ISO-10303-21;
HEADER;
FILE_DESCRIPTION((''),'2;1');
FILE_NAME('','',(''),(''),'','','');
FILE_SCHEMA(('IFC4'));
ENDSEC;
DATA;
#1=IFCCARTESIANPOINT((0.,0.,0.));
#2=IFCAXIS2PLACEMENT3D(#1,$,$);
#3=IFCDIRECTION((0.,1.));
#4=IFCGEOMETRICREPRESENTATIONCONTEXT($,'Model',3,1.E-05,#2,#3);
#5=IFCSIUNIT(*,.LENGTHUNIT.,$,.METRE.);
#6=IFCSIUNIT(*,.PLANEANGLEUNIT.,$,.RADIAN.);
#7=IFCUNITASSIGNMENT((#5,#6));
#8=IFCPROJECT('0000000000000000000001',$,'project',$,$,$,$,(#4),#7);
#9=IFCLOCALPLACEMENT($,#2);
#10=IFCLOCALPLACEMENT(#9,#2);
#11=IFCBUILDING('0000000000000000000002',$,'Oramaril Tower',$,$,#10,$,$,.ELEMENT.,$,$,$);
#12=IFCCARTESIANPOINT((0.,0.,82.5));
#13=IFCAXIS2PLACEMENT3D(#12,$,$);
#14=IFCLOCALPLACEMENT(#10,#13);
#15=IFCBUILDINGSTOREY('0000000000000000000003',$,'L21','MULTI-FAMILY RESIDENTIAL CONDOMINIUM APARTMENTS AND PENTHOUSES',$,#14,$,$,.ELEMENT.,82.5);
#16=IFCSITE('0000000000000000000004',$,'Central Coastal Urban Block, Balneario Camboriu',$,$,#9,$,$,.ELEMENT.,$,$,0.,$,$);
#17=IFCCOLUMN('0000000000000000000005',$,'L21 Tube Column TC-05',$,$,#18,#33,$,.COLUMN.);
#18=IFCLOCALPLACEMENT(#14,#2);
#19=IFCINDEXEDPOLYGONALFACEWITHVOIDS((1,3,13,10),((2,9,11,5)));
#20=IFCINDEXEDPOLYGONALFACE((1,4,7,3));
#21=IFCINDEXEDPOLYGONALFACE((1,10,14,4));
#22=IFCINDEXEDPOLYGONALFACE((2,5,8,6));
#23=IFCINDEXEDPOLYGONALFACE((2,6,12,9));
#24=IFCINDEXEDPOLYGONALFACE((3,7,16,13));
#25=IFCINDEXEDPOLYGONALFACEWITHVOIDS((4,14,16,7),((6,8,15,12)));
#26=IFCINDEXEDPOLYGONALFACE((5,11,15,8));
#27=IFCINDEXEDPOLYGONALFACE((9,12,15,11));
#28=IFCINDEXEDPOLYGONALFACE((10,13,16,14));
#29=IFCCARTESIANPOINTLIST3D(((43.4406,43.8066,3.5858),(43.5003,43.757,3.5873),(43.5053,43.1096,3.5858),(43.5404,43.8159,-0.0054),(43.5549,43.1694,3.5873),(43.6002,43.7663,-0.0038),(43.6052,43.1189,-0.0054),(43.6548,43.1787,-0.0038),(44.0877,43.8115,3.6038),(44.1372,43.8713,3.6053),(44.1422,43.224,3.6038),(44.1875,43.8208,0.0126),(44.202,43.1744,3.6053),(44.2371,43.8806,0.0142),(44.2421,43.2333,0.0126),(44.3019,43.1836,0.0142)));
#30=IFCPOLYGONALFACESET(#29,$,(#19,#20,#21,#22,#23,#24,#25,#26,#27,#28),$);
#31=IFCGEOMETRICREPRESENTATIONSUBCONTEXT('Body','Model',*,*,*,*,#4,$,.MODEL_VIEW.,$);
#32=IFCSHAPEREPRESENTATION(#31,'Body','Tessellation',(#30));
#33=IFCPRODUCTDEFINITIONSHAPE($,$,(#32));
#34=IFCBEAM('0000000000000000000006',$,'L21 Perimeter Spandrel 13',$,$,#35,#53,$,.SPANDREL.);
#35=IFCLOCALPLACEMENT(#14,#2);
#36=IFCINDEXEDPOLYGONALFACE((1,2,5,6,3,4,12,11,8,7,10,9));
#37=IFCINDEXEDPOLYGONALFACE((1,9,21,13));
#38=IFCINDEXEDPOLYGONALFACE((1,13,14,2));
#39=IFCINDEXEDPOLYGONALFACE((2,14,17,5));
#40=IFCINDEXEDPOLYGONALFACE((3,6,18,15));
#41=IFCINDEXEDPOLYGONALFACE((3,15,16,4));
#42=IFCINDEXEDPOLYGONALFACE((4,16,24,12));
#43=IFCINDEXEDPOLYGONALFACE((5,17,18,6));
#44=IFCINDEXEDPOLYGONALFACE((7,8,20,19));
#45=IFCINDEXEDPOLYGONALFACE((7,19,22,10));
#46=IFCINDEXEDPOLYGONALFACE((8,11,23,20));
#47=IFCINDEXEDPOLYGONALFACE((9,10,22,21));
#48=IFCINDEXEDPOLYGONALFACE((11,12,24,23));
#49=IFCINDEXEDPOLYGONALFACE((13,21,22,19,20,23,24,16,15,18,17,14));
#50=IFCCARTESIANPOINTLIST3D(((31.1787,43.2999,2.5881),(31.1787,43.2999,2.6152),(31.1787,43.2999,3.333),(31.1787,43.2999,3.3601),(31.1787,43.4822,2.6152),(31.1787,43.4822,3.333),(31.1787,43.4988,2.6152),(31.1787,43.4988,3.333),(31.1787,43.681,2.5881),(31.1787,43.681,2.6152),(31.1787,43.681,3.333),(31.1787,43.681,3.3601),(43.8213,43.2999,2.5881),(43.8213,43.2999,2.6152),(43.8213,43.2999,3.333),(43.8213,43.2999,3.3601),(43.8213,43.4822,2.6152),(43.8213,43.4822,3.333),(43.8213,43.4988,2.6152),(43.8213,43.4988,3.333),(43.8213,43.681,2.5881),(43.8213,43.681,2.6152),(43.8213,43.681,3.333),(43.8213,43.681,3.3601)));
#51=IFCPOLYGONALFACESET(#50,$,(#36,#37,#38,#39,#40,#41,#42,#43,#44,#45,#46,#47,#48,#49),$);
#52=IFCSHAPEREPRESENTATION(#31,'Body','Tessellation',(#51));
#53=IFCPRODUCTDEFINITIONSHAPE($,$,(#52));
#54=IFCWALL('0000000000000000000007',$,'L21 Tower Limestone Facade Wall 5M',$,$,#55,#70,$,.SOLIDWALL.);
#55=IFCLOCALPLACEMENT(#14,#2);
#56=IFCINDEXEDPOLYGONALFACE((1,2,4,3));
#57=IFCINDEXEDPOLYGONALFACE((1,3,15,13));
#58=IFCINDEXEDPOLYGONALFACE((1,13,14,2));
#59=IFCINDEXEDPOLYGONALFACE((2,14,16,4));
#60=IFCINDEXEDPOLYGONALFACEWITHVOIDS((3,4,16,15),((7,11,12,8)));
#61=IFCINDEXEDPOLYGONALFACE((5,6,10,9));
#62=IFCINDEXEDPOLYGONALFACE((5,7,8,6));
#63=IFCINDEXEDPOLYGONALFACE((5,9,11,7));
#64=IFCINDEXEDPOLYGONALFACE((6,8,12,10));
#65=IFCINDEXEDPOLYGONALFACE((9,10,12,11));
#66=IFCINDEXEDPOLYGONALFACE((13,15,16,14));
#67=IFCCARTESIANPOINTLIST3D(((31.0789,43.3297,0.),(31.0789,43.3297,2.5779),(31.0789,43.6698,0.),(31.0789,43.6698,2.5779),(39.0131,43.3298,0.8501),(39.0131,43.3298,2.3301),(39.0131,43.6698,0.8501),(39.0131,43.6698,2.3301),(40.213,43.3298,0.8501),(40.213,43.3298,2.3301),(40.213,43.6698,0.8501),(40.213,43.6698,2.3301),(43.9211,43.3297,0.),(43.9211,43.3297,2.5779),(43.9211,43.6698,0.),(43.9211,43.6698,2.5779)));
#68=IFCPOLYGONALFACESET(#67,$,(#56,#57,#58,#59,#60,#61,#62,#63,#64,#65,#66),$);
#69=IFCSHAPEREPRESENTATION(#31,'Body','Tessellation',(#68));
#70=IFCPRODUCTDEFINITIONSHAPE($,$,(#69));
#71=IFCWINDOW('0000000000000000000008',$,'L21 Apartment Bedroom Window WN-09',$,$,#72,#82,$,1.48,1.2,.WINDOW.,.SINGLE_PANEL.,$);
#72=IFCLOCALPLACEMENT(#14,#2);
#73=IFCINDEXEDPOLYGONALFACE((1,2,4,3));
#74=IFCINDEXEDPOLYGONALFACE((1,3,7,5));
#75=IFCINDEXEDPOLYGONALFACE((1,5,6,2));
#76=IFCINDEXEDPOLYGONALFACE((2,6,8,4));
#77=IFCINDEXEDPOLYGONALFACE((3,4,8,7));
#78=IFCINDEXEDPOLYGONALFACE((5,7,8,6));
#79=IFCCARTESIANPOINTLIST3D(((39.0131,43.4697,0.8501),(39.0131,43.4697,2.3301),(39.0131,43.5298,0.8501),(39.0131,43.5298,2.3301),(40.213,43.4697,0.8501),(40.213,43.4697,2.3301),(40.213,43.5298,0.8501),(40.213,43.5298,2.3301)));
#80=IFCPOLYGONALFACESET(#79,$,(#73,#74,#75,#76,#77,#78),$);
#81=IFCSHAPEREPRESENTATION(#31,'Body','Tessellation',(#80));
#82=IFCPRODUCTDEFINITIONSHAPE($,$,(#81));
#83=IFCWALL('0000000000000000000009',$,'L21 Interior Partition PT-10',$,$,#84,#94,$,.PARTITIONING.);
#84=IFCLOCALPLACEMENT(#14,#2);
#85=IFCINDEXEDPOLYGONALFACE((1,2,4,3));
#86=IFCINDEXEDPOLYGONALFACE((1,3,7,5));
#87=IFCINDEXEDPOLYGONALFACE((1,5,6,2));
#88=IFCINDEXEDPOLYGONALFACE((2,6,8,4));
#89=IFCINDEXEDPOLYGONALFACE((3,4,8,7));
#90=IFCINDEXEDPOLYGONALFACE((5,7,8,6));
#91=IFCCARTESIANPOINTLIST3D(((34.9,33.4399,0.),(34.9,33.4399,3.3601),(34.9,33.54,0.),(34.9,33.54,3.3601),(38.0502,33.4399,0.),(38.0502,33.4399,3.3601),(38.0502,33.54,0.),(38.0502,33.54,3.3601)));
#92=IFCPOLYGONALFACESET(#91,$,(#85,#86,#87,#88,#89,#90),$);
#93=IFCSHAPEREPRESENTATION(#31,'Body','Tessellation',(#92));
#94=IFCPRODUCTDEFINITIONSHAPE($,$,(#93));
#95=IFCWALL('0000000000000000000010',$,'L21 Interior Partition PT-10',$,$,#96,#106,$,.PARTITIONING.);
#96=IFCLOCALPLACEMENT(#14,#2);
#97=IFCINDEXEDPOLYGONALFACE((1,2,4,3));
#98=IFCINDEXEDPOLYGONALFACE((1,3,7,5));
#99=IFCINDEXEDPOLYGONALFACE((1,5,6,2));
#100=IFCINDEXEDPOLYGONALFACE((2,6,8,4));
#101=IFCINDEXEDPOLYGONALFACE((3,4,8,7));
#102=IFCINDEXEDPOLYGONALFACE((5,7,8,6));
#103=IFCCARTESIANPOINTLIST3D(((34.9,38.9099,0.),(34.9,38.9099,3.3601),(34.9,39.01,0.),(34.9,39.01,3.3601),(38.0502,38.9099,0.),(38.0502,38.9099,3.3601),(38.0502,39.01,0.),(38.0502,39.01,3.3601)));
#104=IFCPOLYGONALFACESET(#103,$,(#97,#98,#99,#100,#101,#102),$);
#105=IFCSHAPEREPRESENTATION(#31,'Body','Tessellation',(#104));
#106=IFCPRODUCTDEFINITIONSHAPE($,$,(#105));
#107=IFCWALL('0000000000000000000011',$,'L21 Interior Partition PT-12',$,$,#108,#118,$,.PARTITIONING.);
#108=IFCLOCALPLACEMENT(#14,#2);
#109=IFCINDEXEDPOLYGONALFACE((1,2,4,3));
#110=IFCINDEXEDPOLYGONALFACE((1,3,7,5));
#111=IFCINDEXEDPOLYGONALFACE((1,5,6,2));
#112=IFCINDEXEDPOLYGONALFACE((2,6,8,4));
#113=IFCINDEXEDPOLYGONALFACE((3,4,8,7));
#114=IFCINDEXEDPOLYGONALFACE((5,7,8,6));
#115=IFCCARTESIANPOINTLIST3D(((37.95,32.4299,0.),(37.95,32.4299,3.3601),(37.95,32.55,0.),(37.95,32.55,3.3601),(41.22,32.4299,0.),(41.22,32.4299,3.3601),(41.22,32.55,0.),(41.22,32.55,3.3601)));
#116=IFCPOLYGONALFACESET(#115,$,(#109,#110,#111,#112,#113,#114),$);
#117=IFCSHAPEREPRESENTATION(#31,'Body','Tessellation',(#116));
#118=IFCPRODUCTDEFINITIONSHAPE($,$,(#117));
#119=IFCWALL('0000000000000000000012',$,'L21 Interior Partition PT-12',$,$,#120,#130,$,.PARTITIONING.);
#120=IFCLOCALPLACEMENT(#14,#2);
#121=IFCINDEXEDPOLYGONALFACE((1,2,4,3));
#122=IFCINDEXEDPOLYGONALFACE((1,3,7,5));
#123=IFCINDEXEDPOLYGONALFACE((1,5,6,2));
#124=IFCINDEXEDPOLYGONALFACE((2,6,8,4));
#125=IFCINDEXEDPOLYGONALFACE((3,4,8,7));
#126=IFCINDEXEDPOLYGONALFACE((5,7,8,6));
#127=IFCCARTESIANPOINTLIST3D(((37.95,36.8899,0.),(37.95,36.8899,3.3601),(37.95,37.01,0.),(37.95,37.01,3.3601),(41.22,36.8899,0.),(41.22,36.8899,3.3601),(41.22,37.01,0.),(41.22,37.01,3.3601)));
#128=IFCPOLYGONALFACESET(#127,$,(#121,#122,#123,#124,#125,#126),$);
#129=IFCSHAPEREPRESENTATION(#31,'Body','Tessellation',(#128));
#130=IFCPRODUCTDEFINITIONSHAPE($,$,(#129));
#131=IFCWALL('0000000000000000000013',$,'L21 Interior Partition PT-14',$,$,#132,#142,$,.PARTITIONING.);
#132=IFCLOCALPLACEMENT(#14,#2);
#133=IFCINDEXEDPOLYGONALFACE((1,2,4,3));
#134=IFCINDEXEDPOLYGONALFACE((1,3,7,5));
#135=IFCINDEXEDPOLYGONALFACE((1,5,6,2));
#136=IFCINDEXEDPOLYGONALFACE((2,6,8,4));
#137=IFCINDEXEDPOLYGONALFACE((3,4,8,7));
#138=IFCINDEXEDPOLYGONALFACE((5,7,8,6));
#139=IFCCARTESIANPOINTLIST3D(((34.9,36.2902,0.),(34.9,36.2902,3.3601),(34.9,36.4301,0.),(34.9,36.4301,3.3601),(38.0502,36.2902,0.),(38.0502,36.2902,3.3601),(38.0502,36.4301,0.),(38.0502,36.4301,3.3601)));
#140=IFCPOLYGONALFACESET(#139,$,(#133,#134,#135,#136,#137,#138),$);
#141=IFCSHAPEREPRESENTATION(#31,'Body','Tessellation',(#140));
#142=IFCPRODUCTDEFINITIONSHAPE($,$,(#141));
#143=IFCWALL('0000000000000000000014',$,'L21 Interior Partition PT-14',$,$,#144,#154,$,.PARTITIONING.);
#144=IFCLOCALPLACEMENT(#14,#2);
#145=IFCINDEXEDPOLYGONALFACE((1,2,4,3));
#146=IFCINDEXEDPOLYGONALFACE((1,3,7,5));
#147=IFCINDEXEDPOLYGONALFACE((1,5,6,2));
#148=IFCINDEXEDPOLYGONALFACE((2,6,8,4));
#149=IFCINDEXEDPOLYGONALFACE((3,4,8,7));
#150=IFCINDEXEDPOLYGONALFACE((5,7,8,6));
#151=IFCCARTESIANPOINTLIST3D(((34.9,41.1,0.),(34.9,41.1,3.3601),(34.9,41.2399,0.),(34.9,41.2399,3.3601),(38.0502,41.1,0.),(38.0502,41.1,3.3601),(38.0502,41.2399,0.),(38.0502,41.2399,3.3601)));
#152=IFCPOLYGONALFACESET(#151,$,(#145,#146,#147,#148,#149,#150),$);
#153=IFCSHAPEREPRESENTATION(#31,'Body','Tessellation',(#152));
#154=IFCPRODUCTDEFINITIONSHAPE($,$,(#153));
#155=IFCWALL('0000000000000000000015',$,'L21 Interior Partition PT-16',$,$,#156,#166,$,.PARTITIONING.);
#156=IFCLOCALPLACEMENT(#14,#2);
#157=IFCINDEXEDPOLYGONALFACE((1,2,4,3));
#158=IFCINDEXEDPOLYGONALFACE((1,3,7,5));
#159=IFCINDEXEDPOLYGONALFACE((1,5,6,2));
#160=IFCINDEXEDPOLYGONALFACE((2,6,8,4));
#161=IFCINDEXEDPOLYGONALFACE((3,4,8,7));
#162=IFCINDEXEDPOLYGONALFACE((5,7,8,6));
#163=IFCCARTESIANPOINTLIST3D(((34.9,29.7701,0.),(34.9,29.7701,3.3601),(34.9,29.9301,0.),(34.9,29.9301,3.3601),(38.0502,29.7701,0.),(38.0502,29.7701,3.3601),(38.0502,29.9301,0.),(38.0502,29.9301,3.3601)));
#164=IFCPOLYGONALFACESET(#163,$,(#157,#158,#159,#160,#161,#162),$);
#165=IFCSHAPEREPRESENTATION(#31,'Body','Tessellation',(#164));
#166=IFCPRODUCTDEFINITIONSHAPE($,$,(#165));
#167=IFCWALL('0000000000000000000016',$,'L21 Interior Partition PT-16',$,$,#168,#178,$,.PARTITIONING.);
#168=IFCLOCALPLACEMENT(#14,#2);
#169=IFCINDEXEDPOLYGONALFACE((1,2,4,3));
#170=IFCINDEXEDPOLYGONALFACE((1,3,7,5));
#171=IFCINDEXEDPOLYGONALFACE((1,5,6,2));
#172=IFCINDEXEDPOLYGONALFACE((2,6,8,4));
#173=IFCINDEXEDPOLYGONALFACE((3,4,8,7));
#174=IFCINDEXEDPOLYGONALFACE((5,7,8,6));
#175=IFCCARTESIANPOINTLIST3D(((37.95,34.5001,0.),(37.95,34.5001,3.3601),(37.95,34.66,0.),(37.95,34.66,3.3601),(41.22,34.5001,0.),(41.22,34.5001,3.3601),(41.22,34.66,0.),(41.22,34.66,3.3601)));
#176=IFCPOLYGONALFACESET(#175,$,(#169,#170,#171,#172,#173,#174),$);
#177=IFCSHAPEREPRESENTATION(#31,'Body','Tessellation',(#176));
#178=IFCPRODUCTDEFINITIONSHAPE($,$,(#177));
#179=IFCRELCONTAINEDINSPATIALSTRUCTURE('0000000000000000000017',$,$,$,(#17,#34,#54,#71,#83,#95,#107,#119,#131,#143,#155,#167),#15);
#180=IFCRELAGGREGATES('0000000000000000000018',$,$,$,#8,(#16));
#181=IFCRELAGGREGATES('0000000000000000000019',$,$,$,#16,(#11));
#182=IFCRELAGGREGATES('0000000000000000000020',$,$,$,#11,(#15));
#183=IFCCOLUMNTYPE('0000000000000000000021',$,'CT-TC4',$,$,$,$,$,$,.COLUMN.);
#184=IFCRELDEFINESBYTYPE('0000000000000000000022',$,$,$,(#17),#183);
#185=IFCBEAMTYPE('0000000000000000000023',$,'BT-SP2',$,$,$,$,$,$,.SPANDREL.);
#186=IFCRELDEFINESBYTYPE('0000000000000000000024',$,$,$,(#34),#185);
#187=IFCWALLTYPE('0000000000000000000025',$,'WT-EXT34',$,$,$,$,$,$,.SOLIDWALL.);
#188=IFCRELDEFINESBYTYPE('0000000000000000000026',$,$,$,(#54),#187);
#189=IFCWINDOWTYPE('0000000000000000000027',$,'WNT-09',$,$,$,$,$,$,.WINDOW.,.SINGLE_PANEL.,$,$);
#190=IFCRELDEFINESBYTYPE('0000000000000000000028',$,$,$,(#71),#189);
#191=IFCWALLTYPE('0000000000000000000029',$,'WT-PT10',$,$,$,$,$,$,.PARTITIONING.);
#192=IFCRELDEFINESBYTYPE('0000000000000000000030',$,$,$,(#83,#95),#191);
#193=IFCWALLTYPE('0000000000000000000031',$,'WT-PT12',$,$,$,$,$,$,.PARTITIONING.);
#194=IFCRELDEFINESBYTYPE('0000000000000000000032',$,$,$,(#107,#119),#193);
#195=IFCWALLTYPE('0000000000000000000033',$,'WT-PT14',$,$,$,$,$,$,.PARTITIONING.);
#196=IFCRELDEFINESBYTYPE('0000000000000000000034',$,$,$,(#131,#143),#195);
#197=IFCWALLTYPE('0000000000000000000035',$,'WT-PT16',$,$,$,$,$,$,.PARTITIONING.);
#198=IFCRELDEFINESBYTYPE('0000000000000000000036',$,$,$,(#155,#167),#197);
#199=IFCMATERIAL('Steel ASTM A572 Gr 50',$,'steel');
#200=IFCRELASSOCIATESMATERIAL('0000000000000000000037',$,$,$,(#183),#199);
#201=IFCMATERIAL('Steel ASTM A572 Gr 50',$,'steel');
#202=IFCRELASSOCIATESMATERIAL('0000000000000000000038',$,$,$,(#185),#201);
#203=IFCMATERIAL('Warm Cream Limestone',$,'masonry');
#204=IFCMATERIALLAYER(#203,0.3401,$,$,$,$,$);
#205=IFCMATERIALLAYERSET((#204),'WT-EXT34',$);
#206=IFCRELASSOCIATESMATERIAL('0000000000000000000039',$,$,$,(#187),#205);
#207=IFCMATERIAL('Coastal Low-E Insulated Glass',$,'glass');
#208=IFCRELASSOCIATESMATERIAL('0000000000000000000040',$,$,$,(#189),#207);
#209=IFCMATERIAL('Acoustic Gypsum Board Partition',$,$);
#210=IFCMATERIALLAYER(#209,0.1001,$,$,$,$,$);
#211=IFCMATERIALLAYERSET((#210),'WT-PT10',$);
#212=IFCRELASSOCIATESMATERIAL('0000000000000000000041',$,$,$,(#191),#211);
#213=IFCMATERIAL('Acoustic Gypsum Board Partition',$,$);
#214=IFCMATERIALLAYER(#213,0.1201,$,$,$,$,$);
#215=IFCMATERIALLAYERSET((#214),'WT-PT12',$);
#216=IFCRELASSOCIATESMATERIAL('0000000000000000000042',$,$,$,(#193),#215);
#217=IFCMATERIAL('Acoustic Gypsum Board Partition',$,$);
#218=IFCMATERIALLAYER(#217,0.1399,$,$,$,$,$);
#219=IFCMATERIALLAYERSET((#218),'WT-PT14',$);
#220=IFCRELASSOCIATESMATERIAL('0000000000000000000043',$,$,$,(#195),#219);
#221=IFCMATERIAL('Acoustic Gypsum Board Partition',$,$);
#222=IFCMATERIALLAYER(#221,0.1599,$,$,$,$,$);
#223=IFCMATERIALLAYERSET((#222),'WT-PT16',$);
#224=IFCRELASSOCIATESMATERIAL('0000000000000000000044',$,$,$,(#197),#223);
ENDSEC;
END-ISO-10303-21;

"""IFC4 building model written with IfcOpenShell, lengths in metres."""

from ifc_helpers import new_model, si_unit, direction, frame, frame_2d, origin, origin_2d, place, context, subcontext, project, spatial, rectangle, hollow_rectangle, i_section, extrude, material, layer, layer_set, material_profile, profile_set, type_object, element, fill, save


model = new_model("IFC4")

# Units and contexts
model_context = context("Model", 3, precision=1e-05, world=origin(), true_north=direction((0.0, 1.0)))
body_context = subcontext(model_context, "Body", "Model", "MODEL_VIEW")
ifc_project = project(units=[si_unit("LENGTHUNIT", "METRE"), si_unit("PLANEANGLEUNIT", "RADIAN")], contexts=[model_context])

# Site, building, storey
site_placement = place(None, origin())
site = spatial("IfcSite", under=ifc_project, at=site_placement, Name="Central Coastal Urban Block, Balneario Camboriu", CompositionType="ELEMENT", RefElevation=0.0)
building_placement = place(site_placement, origin())
building = spatial("IfcBuilding", under=site, at=building_placement, Name="Oramaril Tower", CompositionType="ELEMENT")
storey_placement = place(building_placement, frame((0.0, 0.0, 82.5)))
storey = spatial("IfcBuildingStorey", under=building, at=storey_placement, Name="L21", Description="MULTI-FAMILY RESIDENTIAL CONDOMINIUM APARTMENTS AND PENTHOUSES", CompositionType="ELEMENT", Elevation=82.5)

# Column
ifc_material_1 = material(Name="Steel ASTM A572 Gr 50", Category="steel")
ifc_material_profile_1 = material_profile(ifc_material_1, hollow_rectangle(XDim=0.7, YDim=0.7, WallThickness=0.0549, at=origin_2d()), Name="BOX700X700X55")
ifc_profile_set_1 = profile_set([ifc_material_profile_1], Name="Steel ASTM A572 Gr 50")
column_type = type_object("IfcColumnType", Name="CT-TC4", PredefinedType="COLUMN", material=ifc_profile_set_1)
column_placement = place(storey_placement, frame((43.9211, 43.4998, 0.0044), z_axis=(-0.027795, -0.002582, 0.99961), x_axis=(0.092511, -0.995712, 0.0)))
element("IfcColumn", 1, at=column_placement, inside=storey, type_object=column_type, Name="L21 Tube Column TC-05", PredefinedType="COLUMN", context=body_context, shape_type="SweptSolid", body=[
    extrude(hollow_rectangle(XDim=0.7, YDim=0.7, WallThickness=0.0549, at=origin_2d()), origin(), (0.0, 0.0, 1.0), 3.5925),
])

# Beam
ifc_material_2 = material(Name="Steel ASTM A572 Gr 50", Category="steel")
ifc_material_profile_2 = material_profile(ifc_material_2, i_section(OverallWidth=0.3811, OverallDepth=0.772, WebThickness=0.0166, FlangeThickness=0.0271, at=origin_2d()), Name="W30X173")
ifc_profile_set_2 = profile_set([ifc_material_profile_2], Name="Steel ASTM A572 Gr 50")
beam_type = type_object("IfcBeamType", Name="BT-SP2", PredefinedType="SPANDREL", material=ifc_profile_set_2)
beam_placement = place(storey_placement, frame((43.8213, 43.4905, 2.9741), z_axis=(-1.0, 0.0, 0.0), x_axis=(0.0, -1.0, 0.0)))
element("IfcBeam", 2, at=beam_placement, inside=storey, type_object=beam_type, Name="L21 Perimeter Spandrel 13", PredefinedType="SPANDREL", context=body_context, shape_type="SweptSolid", body=[
    extrude(i_section(OverallWidth=0.3811, OverallDepth=0.772, WebThickness=0.0166, FlangeThickness=0.0271, at=origin_2d()), origin(), (0.0, 0.0, 1.0), 12.6426),
])

# Wall, opening, window
ifc_material_3 = material(Name="Warm Cream Limestone", Category="masonry")
ifc_layer_1 = layer(ifc_material_3, 0.3401)
ifc_layer_set_1 = layer_set([ifc_layer_1], Name="WT-EXT34")
wall_type_1 = type_object("IfcWallType", Name="WT-EXT34", PredefinedType="SOLIDWALL", material=ifc_layer_set_1)
wall_1_placement = place(storey_placement, frame((43.9211, 43.4998, 0.0), z_axis=(0.0, 0.0, 1.0), x_axis=(-1.0, 0.0, 0.0)))
wall_1 = element("IfcWall", 3, at=wall_1_placement, inside=storey, type_object=wall_type_1, Name="L21 Tower Limestone Facade Wall 5M", PredefinedType="SOLIDWALL", context=body_context, shape_type="SweptSolid", body=[
    extrude(rectangle(XDim=12.8423, YDim=0.3401, at=frame_2d((6.4211, 0.0))), origin(), (0.0, 0.0, 1.0), 2.5779),
])
opening_1_placement = place(wall_1_placement, frame((3.708, 0.0, 0.8501)))
opening_1 = element("IfcOpeningElement", 4, at=opening_1_placement, cuts=wall_1, PredefinedType="OPENING", context=body_context, shape_type="SweptSolid", body=[
    extrude(rectangle(XDim=1.2, YDim=1.48, at=frame_2d((0.6001, 0.74))), frame((0.0, 0.1699, 0.0), z_axis=(0.0, -1.0, 0.0), x_axis=(1.0, 0.0, 0.0)), (0.0, 0.0, 1.0), 0.3401),
])
ifc_material_4 = material(Name="Coastal Low-E Insulated Glass", Category="glass")
window_type = type_object("IfcWindowType", Name="WNT-09", PartitioningType="SINGLE_PANEL", PredefinedType="WINDOW", material=ifc_material_4)
window_placement = place(opening_1_placement, origin())
window = element("IfcWindow", 5, at=window_placement, inside=storey, type_object=window_type, Name="L21 Apartment Bedroom Window WN-09", OverallHeight=1.48, OverallWidth=1.2, PartitioningType="SINGLE_PANEL", PredefinedType="WINDOW", context=body_context, shape_type="SweptSolid", body=[
    extrude(rectangle(XDim=1.2, YDim=1.48, at=frame_2d((0.6001, 0.74))), frame((0.0, 0.03, 0.0), z_axis=(0.0, -1.0, 0.0), x_axis=(1.0, 0.0, 0.0)), (0.0, 0.0, 1.0), 0.0601),
])
fill(opening_1, window)

# Walls
ifc_material_5 = material(Name="Acoustic Gypsum Board Partition")
ifc_layer_2 = layer(ifc_material_5, 0.1001)
ifc_layer_set_2 = layer_set([ifc_layer_2], Name="WT-PT10")
wall_type_2 = type_object("IfcWallType", Name="WT-PT10", PredefinedType="PARTITIONING", material=ifc_layer_set_2)
for number, where, z_axis, x_axis, name in (
    (6, (34.8999, 33.49, 0.0), (0.0, 0.0, 1.0), (1.0, 0.0, 0.0), "L21 Interior Partition PT-10"),
    (7, (34.8999, 38.96, 0.0), (0.0, 0.0, 1.0), (1.0, 0.0, 0.0), "L21 Interior Partition PT-10"),
):
    element("IfcWall", number, at=place(storey_placement, frame(where, z_axis=z_axis, x_axis=x_axis)), inside=storey, type_object=wall_type_2, Name=name, PredefinedType="PARTITIONING", context=body_context, shape_type="SweptSolid", body=[
        extrude(rectangle(XDim=3.1501, YDim=0.1001, at=frame_2d((1.5752, 0.0))), origin(), (0.0, 0.0, 1.0), 3.3601),
    ])
ifc_material_6 = material(Name="Acoustic Gypsum Board Partition")
ifc_layer_3 = layer(ifc_material_6, 0.1201)
ifc_layer_set_3 = layer_set([ifc_layer_3], Name="WT-PT12")
wall_type_3 = type_object("IfcWallType", Name="WT-PT12", PredefinedType="PARTITIONING", material=ifc_layer_set_3)
for number, where, z_axis, x_axis, name in (
    (8, (37.95, 32.49, 0.0), (0.0, 0.0, 1.0), (1.0, 0.0, 0.0), "L21 Interior Partition PT-12"),
    (9, (37.95, 36.95, 0.0), (0.0, 0.0, 1.0), (1.0, 0.0, 0.0), "L21 Interior Partition PT-12"),
):
    element("IfcWall", number, at=place(storey_placement, frame(where, z_axis=z_axis, x_axis=x_axis)), inside=storey, type_object=wall_type_3, Name=name, PredefinedType="PARTITIONING", context=body_context, shape_type="SweptSolid", body=[
        extrude(rectangle(XDim=3.27, YDim=0.1201, at=frame_2d((1.635, 0.0))), origin(), (0.0, 0.0, 1.0), 3.3601),
    ])
ifc_material_7 = material(Name="Acoustic Gypsum Board Partition")
ifc_layer_4 = layer(ifc_material_7, 0.1399)
ifc_layer_set_4 = layer_set([ifc_layer_4], Name="WT-PT14")
wall_type_4 = type_object("IfcWallType", Name="WT-PT14", PredefinedType="PARTITIONING", material=ifc_layer_set_4)
for number, where, z_axis, x_axis, name in (
    (10, (34.8999, 36.3601, 0.0), (0.0, 0.0, 1.0), (1.0, 0.0, 0.0), "L21 Interior Partition PT-14"),
    (11, (34.8999, 41.1699, 0.0), (0.0, 0.0, 1.0), (1.0, 0.0, 0.0), "L21 Interior Partition PT-14"),
):
    element("IfcWall", number, at=place(storey_placement, frame(where, z_axis=z_axis, x_axis=x_axis)), inside=storey, type_object=wall_type_4, Name=name, PredefinedType="PARTITIONING", context=body_context, shape_type="SweptSolid", body=[
        extrude(rectangle(XDim=3.1501, YDim=0.1399, at=frame_2d((1.5752, 0.0))), origin(), (0.0, 0.0, 1.0), 3.3601),
    ])

# Walls
ifc_material_8 = material(Name="Acoustic Gypsum Board Partition")
ifc_layer_5 = layer(ifc_material_8, 0.1599)
ifc_layer_set_5 = layer_set([ifc_layer_5], Name="WT-PT16")
wall_type_5 = type_object("IfcWallType", Name="WT-PT16", PredefinedType="PARTITIONING", material=ifc_layer_set_5)
wall_2_placement = place(storey_placement, frame((34.8999, 29.8501, 0.0), z_axis=(0.0, 0.0, 1.0), x_axis=(1.0, 0.0, 0.0)))
element("IfcWall", 12, at=wall_2_placement, inside=storey, type_object=wall_type_5, Name="L21 Interior Partition PT-16", PredefinedType="PARTITIONING", context=body_context, shape_type="SweptSolid", body=[
    extrude(rectangle(XDim=3.1501, YDim=0.1599, at=frame_2d((1.5752, 0.0))), origin(), (0.0, 0.0, 1.0), 3.3601),
])
for number, where, z_axis, x_axis, name in (
    (13, (37.95, 34.5801, 0.0), (0.0, 0.0, 1.0), (1.0, 0.0, 0.0), "L21 Interior Partition PT-16"),
):
    element("IfcWall", number, at=place(storey_placement, frame(where, z_axis=z_axis, x_axis=x_axis)), inside=storey, type_object=wall_type_5, Name=name, PredefinedType="PARTITIONING", context=body_context, shape_type="SweptSolid", body=[
        extrude(rectangle(XDim=3.27, YDim=0.1599, at=frame_2d((1.635, 0.0))), origin(), (0.0, 0.0, 1.0), 3.3601),
    ])

save(model, "model.ifc")
